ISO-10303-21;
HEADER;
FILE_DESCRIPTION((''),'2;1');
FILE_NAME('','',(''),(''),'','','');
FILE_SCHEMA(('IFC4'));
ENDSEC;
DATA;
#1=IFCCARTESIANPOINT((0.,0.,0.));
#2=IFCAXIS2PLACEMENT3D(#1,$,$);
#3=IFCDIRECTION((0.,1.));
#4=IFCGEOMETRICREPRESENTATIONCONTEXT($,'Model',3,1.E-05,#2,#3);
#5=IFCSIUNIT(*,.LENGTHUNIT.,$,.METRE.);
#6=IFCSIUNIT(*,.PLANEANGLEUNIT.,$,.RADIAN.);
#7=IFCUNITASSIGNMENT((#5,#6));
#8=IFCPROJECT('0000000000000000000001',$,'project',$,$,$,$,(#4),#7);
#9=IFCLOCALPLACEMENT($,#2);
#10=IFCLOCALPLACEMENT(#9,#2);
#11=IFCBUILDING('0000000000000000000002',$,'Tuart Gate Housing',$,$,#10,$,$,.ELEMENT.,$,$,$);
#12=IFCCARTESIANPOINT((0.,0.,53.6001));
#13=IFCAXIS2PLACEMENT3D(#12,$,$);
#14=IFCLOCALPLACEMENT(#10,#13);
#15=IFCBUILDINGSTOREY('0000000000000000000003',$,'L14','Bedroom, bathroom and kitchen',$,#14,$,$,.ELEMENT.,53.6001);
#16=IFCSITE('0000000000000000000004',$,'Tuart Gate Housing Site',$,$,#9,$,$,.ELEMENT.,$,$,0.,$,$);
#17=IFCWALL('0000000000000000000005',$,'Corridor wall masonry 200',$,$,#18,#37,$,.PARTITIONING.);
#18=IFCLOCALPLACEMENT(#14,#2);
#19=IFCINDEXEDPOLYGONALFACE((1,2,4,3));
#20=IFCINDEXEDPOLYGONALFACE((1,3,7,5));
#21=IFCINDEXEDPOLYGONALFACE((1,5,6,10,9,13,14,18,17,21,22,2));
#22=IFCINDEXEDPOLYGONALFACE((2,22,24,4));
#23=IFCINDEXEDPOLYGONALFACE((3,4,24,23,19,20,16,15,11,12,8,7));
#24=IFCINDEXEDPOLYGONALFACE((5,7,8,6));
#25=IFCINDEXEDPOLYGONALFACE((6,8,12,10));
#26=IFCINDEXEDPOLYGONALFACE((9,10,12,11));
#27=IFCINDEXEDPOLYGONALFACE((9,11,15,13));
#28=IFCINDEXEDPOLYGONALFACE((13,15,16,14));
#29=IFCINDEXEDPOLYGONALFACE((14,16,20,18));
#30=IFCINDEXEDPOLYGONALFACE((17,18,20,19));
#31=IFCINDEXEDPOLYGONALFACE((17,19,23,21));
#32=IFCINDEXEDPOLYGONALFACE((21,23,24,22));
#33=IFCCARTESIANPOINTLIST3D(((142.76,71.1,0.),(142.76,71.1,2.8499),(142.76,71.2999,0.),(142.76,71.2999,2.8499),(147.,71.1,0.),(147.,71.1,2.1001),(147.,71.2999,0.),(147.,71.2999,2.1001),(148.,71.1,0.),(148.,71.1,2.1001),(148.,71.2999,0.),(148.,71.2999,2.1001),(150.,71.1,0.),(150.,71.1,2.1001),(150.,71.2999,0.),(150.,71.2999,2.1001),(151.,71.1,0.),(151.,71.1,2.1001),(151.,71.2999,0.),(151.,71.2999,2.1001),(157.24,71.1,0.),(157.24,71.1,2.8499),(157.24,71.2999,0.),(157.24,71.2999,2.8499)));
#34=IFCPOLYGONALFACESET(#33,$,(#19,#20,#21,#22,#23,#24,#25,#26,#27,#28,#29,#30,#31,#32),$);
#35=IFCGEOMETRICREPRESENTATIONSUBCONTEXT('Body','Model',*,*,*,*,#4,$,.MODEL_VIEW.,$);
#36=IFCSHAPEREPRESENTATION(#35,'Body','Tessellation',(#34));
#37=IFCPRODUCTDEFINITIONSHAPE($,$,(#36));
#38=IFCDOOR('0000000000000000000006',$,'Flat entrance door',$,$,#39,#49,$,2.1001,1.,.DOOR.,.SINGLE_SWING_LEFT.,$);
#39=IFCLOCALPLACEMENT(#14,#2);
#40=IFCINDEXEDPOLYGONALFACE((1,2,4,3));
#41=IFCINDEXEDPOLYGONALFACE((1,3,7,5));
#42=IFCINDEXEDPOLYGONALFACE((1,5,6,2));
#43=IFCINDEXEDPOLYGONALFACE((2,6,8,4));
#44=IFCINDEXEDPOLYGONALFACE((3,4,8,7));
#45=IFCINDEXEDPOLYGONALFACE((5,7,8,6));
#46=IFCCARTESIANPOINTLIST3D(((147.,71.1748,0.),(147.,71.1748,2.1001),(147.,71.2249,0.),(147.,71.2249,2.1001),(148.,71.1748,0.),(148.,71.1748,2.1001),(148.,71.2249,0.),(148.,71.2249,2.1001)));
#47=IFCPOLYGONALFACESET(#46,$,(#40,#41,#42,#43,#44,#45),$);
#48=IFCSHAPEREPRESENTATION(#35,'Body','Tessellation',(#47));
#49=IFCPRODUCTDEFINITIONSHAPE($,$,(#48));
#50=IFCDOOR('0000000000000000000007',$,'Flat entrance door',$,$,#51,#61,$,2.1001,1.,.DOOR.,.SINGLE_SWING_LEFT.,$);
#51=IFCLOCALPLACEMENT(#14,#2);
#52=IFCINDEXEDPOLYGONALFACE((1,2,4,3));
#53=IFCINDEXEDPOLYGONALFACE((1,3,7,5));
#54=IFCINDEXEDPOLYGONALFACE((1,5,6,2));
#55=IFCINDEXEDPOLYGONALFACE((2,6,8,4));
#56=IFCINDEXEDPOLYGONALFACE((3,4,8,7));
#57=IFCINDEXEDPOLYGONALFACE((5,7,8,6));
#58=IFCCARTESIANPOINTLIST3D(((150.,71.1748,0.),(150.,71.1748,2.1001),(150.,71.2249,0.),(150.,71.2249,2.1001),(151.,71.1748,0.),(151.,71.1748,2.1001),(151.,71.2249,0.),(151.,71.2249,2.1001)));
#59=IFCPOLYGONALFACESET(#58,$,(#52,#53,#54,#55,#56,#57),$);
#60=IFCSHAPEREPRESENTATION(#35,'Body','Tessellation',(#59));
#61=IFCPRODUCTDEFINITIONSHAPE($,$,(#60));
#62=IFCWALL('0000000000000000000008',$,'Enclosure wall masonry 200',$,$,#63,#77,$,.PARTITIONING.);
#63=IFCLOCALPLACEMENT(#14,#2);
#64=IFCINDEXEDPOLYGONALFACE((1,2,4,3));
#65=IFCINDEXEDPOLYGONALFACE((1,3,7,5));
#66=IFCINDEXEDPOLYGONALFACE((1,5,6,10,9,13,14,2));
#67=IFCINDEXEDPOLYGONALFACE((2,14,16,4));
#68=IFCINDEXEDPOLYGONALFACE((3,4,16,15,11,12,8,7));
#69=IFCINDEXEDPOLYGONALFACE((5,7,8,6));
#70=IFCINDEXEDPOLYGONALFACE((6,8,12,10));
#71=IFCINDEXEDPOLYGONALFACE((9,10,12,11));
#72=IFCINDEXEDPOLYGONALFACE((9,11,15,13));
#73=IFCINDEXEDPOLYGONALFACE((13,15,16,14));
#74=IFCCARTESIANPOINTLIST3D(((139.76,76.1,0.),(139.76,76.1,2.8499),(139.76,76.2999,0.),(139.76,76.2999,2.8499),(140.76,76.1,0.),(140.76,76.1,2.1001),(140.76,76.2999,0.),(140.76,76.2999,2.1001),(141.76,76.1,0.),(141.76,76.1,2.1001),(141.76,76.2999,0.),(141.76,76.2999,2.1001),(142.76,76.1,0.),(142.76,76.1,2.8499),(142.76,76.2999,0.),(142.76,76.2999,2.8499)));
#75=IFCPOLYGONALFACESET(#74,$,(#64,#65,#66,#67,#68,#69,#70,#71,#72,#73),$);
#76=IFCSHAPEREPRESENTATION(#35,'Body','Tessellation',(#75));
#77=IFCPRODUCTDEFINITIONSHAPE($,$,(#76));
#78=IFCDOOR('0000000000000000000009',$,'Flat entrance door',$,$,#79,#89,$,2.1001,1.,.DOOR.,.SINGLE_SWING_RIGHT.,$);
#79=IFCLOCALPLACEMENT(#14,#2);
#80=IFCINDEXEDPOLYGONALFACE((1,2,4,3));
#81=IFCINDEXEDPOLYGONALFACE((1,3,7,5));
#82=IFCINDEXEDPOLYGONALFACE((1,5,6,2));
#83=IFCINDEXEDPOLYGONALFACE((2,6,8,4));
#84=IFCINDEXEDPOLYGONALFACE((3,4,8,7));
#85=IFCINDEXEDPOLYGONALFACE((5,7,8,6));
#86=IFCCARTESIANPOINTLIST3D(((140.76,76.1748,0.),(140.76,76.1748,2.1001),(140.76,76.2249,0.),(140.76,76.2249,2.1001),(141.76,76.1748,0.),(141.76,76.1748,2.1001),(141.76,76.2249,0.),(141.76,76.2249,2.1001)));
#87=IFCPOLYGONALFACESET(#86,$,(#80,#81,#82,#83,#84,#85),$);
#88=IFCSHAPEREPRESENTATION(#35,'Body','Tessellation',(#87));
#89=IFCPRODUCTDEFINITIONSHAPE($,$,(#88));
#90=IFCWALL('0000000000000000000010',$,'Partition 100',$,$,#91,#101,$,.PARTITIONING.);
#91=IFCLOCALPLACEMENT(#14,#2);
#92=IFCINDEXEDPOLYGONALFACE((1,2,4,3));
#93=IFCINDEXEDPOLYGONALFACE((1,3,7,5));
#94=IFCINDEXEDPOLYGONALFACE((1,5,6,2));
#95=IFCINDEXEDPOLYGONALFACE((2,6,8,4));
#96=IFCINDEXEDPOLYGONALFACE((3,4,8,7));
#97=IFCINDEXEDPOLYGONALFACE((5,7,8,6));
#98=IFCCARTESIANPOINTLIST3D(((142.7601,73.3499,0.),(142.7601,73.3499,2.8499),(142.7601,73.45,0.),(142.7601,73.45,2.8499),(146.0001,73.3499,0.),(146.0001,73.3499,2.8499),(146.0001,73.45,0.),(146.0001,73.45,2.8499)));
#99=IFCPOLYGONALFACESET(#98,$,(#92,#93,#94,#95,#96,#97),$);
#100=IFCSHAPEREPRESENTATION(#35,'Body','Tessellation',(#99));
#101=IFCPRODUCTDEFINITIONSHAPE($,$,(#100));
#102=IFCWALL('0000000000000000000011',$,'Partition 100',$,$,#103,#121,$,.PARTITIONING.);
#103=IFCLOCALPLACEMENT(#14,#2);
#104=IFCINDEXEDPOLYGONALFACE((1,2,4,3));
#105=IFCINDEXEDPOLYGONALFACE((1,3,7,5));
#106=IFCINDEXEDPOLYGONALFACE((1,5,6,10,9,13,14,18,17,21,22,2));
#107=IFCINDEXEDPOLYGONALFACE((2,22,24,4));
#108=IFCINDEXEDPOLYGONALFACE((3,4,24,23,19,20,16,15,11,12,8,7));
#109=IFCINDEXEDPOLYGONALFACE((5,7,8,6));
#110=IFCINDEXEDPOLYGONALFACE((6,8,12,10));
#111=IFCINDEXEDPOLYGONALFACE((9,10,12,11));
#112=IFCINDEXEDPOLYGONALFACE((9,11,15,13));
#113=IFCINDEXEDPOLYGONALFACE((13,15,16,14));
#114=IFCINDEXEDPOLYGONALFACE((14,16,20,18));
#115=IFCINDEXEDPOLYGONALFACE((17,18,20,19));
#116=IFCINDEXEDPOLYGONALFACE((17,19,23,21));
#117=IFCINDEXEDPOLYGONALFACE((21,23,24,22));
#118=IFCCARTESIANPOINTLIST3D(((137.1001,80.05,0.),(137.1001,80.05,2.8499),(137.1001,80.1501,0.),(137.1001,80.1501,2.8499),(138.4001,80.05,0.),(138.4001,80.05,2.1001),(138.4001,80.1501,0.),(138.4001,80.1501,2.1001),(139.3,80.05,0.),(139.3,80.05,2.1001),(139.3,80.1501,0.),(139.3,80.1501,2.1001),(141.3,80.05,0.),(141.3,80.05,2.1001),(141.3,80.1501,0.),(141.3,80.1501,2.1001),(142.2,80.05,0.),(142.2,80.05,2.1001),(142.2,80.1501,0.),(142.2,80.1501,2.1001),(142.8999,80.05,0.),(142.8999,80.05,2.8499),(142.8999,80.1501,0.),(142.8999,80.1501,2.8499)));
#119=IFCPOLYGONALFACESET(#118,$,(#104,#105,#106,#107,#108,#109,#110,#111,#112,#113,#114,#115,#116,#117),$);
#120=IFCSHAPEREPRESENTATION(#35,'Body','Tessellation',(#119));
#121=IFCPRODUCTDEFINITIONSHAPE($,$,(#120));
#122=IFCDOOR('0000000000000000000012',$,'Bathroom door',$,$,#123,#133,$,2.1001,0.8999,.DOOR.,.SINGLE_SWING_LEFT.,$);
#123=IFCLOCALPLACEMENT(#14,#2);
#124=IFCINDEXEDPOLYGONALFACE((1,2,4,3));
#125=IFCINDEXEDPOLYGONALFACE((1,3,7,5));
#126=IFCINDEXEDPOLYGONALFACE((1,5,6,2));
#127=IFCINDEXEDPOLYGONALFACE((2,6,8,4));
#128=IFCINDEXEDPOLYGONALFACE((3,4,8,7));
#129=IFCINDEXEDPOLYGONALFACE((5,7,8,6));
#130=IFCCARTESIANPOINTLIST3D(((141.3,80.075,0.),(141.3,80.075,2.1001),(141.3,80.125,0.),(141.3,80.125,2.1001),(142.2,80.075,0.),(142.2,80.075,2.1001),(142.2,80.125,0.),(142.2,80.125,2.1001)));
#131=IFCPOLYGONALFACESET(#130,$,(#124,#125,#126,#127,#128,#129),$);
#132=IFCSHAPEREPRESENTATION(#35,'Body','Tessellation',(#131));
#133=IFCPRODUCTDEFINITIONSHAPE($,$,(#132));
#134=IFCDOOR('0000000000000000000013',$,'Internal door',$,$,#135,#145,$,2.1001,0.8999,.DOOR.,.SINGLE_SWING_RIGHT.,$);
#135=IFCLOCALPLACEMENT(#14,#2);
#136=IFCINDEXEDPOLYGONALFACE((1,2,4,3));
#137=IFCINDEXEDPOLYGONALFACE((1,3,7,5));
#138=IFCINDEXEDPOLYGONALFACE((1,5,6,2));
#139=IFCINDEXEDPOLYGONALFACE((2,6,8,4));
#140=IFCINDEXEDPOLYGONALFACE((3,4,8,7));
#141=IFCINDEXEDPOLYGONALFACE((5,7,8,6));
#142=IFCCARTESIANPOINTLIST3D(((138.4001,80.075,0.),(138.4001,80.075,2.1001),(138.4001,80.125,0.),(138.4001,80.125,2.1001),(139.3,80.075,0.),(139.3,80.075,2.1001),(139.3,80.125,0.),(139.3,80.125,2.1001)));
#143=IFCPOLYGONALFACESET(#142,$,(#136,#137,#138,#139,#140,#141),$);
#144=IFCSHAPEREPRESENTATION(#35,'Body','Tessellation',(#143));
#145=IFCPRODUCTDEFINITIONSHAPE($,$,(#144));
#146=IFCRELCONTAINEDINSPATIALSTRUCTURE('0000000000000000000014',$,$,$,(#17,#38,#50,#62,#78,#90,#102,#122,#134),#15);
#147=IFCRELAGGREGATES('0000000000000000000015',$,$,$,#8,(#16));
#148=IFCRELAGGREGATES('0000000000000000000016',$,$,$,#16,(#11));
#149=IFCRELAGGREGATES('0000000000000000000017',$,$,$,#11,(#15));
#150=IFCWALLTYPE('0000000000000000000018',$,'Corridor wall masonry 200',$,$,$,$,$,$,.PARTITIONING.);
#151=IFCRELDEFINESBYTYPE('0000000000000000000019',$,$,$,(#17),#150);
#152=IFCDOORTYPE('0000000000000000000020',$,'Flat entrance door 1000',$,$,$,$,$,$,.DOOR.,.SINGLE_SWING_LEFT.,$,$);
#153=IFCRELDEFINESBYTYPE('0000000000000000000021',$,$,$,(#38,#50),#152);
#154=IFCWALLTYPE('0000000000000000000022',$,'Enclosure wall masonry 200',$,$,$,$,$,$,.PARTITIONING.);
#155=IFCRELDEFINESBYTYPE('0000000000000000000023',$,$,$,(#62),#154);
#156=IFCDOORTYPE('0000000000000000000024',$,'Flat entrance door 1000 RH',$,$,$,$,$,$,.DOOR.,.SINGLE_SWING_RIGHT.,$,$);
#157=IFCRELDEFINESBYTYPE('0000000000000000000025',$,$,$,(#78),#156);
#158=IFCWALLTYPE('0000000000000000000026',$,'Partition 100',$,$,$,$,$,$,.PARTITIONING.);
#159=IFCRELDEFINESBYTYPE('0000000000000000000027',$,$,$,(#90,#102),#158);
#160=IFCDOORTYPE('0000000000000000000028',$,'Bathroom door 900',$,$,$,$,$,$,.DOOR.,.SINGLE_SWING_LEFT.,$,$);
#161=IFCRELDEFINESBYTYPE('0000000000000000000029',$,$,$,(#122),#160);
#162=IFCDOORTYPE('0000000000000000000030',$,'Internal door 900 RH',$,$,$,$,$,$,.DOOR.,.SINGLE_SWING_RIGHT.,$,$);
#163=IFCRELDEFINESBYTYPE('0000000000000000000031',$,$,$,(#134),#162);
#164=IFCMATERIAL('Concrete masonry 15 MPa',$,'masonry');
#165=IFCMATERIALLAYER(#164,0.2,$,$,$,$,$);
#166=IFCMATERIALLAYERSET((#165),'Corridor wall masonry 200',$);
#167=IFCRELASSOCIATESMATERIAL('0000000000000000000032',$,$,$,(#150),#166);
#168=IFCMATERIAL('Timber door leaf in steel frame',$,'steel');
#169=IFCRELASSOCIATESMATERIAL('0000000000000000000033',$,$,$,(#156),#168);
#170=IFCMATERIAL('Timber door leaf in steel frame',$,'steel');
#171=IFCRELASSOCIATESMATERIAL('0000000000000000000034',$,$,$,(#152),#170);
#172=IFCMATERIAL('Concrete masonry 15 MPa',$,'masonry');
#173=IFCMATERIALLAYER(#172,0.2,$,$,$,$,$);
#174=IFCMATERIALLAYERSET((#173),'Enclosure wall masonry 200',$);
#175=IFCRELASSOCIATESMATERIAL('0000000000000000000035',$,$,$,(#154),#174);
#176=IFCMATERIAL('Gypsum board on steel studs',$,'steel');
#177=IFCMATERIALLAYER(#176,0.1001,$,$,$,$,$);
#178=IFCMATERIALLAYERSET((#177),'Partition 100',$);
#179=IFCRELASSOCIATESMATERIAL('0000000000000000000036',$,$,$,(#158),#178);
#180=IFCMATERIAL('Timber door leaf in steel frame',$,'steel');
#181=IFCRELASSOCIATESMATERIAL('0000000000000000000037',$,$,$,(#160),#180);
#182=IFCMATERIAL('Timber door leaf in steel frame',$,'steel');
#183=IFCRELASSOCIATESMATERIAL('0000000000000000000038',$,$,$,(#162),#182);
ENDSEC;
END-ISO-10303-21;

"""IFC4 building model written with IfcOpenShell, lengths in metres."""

from ifc_helpers import new_model, si_unit, direction, frame, frame_2d, origin, place, context, subcontext, project, spatial, rectangle, extrude, material, layer, layer_set, type_object, element, fill, save


model = new_model("IFC4")

# Units and contexts
model_context = context("Model", 3, precision=1e-05, world=origin(), true_north=direction((0.0, 1.0)))
body_context = subcontext(model_context, "Body", "Model", "MODEL_VIEW")
ifc_project = project(units=[si_unit("LENGTHUNIT", "METRE"), si_unit("PLANEANGLEUNIT", "RADIAN")], contexts=[model_context])

# Site, building, storey
site_placement = place(None, origin())
site = spatial("IfcSite", under=ifc_project, at=site_placement, Name="Tuart Gate Housing Site", CompositionType="ELEMENT", RefElevation=0.0)
building_placement = place(site_placement, origin())
building = spatial("IfcBuilding", under=site, at=building_placement, Name="Tuart Gate Housing", CompositionType="ELEMENT")
storey_placement = place(building_placement, frame((0.0, 0.0, 53.6001)))
storey = spatial("IfcBuildingStorey", under=building, at=storey_placement, Name="L14", Description="Bedroom, bathroom and kitchen", CompositionType="ELEMENT", Elevation=53.6001)

# Wall, openings, doors
ifc_material_1 = material(Name="Concrete masonry 15 MPa", Category="masonry")
ifc_layer_1 = layer(ifc_material_1, 0.2)
ifc_layer_set_1 = layer_set([ifc_layer_1], Name="Corridor wall masonry 200")
wall_type_1 = type_object("IfcWallType", Name="Corridor wall masonry 200", PredefinedType="PARTITIONING", material=ifc_layer_set_1)
ifc_material_2 = material(Name="Timber door leaf in steel frame", Category="steel")
door_type_1 = type_object("IfcDoorType", Name="Flat entrance door 1000 RH", OperationType="SINGLE_SWING_RIGHT", PredefinedType="DOOR", material=ifc_material_2)
wall_1_placement = place(storey_placement, frame((142.76, 71.2, 0.0), z_axis=(0.0, 0.0, 1.0), x_axis=(1.0, 0.0, 0.0)))
wall_1 = element("IfcWall", 1, at=wall_1_placement, inside=storey, type_object=wall_type_1, Name="Corridor wall masonry 200", PredefinedType="PARTITIONING", context=body_context, shape_type="SweptSolid", body=[
    extrude(rectangle(XDim=14.48, YDim=0.2, at=frame_2d((7.24, 0.0))), origin(), (0.0, 0.0, 1.0), 2.8499),
])
opening_1_placement = place(wall_1_placement, frame((4.24, 0.0, 0.0)))
opening_1 = element("IfcOpeningElement", 2, at=opening_1_placement, cuts=wall_1, PredefinedType="OPENING", context=body_context, shape_type="SweptSolid", body=[
    extrude(rectangle(XDim=1.0, YDim=2.1001, at=frame_2d((0.5, 1.05))), frame((0.0, 0.1099, 0.0), z_axis=(0.0, -1.0, 0.0), x_axis=(1.0, 0.0, 0.0)), (0.0, 0.0, 1.0), 0.22),
])
opening_2_placement = place(wall_1_placement, frame((7.24, 0.0, 0.0)))
opening_2 = element("IfcOpeningElement", 3, at=opening_2_placement, cuts=wall_1, PredefinedType="OPENING", context=body_context, shape_type="SweptSolid", body=[
    extrude(rectangle(XDim=1.0, YDim=2.1001, at=frame_2d((0.5, 1.05))), frame((0.0, 0.1099, 0.0), z_axis=(0.0, -1.0, 0.0), x_axis=(1.0, 0.0, 0.0)), (0.0, 0.0, 1.0), 0.22),
])
ifc_material_3 = material(Name="Timber door leaf in steel frame", Category="steel")
door_type_2 = type_object("IfcDoorType", Name="Flat entrance door 1000", OperationType="SINGLE_SWING_LEFT", PredefinedType="DOOR", material=ifc_material_3)
door_1_placement = place(opening_1_placement, origin())
door_1 = element("IfcDoor", 4, at=door_1_placement, inside=storey, type_object=door_type_2, Name="Flat entrance door", OperationType="SINGLE_SWING_LEFT", OverallHeight=2.1001, OverallWidth=1.0, PredefinedType="DOOR", context=body_context, shape_type="SweptSolid", body=[
    extrude(rectangle(XDim=1.0, YDim=2.1001, at=frame_2d((0.5, 1.05))), frame((0.0, 0.0249, 0.0), z_axis=(0.0, -1.0, 0.0), x_axis=(1.0, 0.0, 0.0)), (0.0, 0.0, 1.0), 0.05),
])
fill(opening_1, door_1)
door_2_placement = place(opening_2_placement, origin())
door_2 = element("IfcDoor", 5, at=door_2_placement, inside=storey, type_object=door_type_2, Name="Flat entrance door", OperationType="SINGLE_SWING_LEFT", OverallHeight=2.1001, OverallWidth=1.0, PredefinedType="DOOR", context=body_context, shape_type="SweptSolid", body=[
    extrude(rectangle(XDim=1.0, YDim=2.1001, at=frame_2d((0.5, 1.05))), frame((0.0, 0.0249, 0.0), z_axis=(0.0, -1.0, 0.0), x_axis=(1.0, 0.0, 0.0)), (0.0, 0.0, 1.0), 0.05),
])
fill(opening_2, door_2)

# Wall, opening, door
ifc_material_4 = material(Name="Concrete masonry 15 MPa", Category="masonry")
ifc_layer_2 = layer(ifc_material_4, 0.2)
ifc_layer_set_2 = layer_set([ifc_layer_2], Name="Enclosure wall masonry 200")
wall_type_2 = type_object("IfcWallType", Name="Enclosure wall masonry 200", PredefinedType="PARTITIONING", material=ifc_layer_set_2)
wall_2_placement = place(storey_placement, frame((139.76, 76.2, 0.0), z_axis=(0.0, 0.0, 1.0), x_axis=(1.0, 0.0, 0.0)))
wall_2 = element("IfcWall", 6, at=wall_2_placement, inside=storey, type_object=wall_type_2, Name="Enclosure wall masonry 200", PredefinedType="PARTITIONING", context=body_context, shape_type="SweptSolid", body=[
    extrude(rectangle(XDim=3.0, YDim=0.2, at=frame_2d((1.5, 0.0))), origin(), (0.0, 0.0, 1.0), 2.8499),
])
opening_3_placement = place(wall_2_placement, frame((1.0, 0.0, 0.0)))
opening_3 = element("IfcOpeningElement", 7, at=opening_3_placement, cuts=wall_2, PredefinedType="OPENING", context=body_context, shape_type="SweptSolid", body=[
    extrude(rectangle(XDim=1.0, YDim=2.1001, at=frame_2d((0.5, 1.05))), frame((0.0, 0.1099, 0.0), z_axis=(0.0, -1.0, 0.0), x_axis=(1.0, 0.0, 0.0)), (0.0, 0.0, 1.0), 0.22),
])
door_3_placement = place(opening_3_placement, origin())
door_3 = element("IfcDoor", 8, at=door_3_placement, inside=storey, type_object=door_type_1, Name="Flat entrance door", OperationType="SINGLE_SWING_RIGHT", OverallHeight=2.1001, OverallWidth=1.0, PredefinedType="DOOR", context=body_context, shape_type="SweptSolid", body=[
    extrude(rectangle(XDim=1.0, YDim=2.1001, at=frame_2d((0.5, 1.05))), frame((0.0, 0.0249, 0.0), z_axis=(0.0, -1.0, 0.0), x_axis=(1.0, 0.0, 0.0)), (0.0, 0.0, 1.0), 0.05),
])
fill(opening_3, door_3)

# Wall
ifc_material_5 = material(Name="Gypsum board on steel studs", Category="steel")
ifc_layer_3 = layer(ifc_material_5, 0.1001)
ifc_layer_set_3 = layer_set([ifc_layer_3], Name="Partition 100")
wall_type_3 = type_object("IfcWallType", Name="Partition 100", PredefinedType="PARTITIONING", material=ifc_layer_set_3)
wall_3_placement = place(storey_placement, frame((142.76, 73.3999, 0.0), z_axis=(0.0, 0.0, 1.0), x_axis=(1.0, 0.0, 0.0)))
element("IfcWall", 9, at=wall_3_placement, inside=storey, type_object=wall_type_3, Name="Partition 100", PredefinedType="PARTITIONING", context=body_context, shape_type="SweptSolid", body=[
    extrude(rectangle(XDim=3.24, YDim=0.1001, at=frame_2d((1.6201, 0.0))), origin(), (0.0, 0.0, 1.0), 2.8499),
])

# Wall, openings, doors
wall_4_placement = place(storey_placement, frame((137.1001, 80.1001, 0.0), z_axis=(0.0, 0.0, 1.0), x_axis=(1.0, 0.0, 0.0)))
wall_4 = element("IfcWall", 10, at=wall_4_placement, inside=storey, type_object=wall_type_3, Name="Partition 100", PredefinedType="PARTITIONING", context=body_context, shape_type="SweptSolid", body=[
    extrude(rectangle(XDim=5.7998, YDim=0.1001, at=frame_2d((2.8999, 0.0))), origin(), (0.0, 0.0, 1.0), 2.8499),
])
opening_4_placement = place(wall_4_placement, frame((1.3, 0.0, 0.0)))
opening_4 = element("IfcOpeningElement", 11, at=opening_4_placement, cuts=wall_4, PredefinedType="OPENING", context=body_context, shape_type="SweptSolid", body=[
    extrude(rectangle(XDim=0.8999, YDim=2.1001, at=frame_2d((0.45, 1.05))), frame((0.0, 0.0601, 0.0), z_axis=(0.0, -1.0, 0.0), x_axis=(1.0, 0.0, 0.0)), (0.0, 0.0, 1.0), 0.1201),
])
opening_5_placement = place(wall_4_placement, frame((4.2, 0.0, 0.0)))
opening_5 = element("IfcOpeningElement", 12, at=opening_5_placement, cuts=wall_4, PredefinedType="OPENING", context=body_context, shape_type="SweptSolid", body=[
    extrude(rectangle(XDim=0.8999, YDim=2.1001, at=frame_2d((0.45, 1.05))), frame((0.0, 0.0601, 0.0), z_axis=(0.0, -1.0, 0.0), x_axis=(1.0, 0.0, 0.0)), (0.0, 0.0, 1.0), 0.1201),
])
ifc_material_6 = material(Name="Timber door leaf in steel frame", Category="steel")
door_type_3 = type_object("IfcDoorType", Name="Bathroom door 900", OperationType="SINGLE_SWING_LEFT", PredefinedType="DOOR", material=ifc_material_6)
door_4_placement = place(opening_5_placement, origin())
door_4 = element("IfcDoor", 13, at=door_4_placement, inside=storey, type_object=door_type_3, Name="Bathroom door", OperationType="SINGLE_SWING_LEFT", OverallHeight=2.1001, OverallWidth=0.8999, PredefinedType="DOOR", context=body_context, shape_type="SweptSolid", body=[
    extrude(rectangle(XDim=0.8999, YDim=2.1001, at=frame_2d((0.45, 1.05))), frame((0.0, 0.0249, 0.0), z_axis=(0.0, -1.0, 0.0), x_axis=(1.0, 0.0, 0.0)), (0.0, 0.0, 1.0), 0.05),
])
fill(opening_5, door_4)
ifc_material_7 = material(Name="Timber door leaf in steel frame", Category="steel")
door_type_4 = type_object("IfcDoorType", Name="Internal door 900 RH", OperationType="SINGLE_SWING_RIGHT", PredefinedType="DOOR", material=ifc_material_7)
door_5_placement = place(opening_4_placement, origin())
door_5 = element("IfcDoor", 14, at=door_5_placement, inside=storey, type_object=door_type_4, Name="Internal door", OperationType="SINGLE_SWING_RIGHT", OverallHeight=2.1001, OverallWidth=0.8999, PredefinedType="DOOR", context=body_context, shape_type="SweptSolid", body=[
    extrude(rectangle(XDim=0.8999, YDim=2.1001, at=frame_2d((0.45, 1.05))), frame((0.0, 0.0249, 0.0), z_axis=(0.0, -1.0, 0.0), x_axis=(1.0, 0.0, 0.0)), (0.0, 0.0, 1.0), 0.05),
])
fill(opening_4, door_5)

save(model, "model.ifc")
